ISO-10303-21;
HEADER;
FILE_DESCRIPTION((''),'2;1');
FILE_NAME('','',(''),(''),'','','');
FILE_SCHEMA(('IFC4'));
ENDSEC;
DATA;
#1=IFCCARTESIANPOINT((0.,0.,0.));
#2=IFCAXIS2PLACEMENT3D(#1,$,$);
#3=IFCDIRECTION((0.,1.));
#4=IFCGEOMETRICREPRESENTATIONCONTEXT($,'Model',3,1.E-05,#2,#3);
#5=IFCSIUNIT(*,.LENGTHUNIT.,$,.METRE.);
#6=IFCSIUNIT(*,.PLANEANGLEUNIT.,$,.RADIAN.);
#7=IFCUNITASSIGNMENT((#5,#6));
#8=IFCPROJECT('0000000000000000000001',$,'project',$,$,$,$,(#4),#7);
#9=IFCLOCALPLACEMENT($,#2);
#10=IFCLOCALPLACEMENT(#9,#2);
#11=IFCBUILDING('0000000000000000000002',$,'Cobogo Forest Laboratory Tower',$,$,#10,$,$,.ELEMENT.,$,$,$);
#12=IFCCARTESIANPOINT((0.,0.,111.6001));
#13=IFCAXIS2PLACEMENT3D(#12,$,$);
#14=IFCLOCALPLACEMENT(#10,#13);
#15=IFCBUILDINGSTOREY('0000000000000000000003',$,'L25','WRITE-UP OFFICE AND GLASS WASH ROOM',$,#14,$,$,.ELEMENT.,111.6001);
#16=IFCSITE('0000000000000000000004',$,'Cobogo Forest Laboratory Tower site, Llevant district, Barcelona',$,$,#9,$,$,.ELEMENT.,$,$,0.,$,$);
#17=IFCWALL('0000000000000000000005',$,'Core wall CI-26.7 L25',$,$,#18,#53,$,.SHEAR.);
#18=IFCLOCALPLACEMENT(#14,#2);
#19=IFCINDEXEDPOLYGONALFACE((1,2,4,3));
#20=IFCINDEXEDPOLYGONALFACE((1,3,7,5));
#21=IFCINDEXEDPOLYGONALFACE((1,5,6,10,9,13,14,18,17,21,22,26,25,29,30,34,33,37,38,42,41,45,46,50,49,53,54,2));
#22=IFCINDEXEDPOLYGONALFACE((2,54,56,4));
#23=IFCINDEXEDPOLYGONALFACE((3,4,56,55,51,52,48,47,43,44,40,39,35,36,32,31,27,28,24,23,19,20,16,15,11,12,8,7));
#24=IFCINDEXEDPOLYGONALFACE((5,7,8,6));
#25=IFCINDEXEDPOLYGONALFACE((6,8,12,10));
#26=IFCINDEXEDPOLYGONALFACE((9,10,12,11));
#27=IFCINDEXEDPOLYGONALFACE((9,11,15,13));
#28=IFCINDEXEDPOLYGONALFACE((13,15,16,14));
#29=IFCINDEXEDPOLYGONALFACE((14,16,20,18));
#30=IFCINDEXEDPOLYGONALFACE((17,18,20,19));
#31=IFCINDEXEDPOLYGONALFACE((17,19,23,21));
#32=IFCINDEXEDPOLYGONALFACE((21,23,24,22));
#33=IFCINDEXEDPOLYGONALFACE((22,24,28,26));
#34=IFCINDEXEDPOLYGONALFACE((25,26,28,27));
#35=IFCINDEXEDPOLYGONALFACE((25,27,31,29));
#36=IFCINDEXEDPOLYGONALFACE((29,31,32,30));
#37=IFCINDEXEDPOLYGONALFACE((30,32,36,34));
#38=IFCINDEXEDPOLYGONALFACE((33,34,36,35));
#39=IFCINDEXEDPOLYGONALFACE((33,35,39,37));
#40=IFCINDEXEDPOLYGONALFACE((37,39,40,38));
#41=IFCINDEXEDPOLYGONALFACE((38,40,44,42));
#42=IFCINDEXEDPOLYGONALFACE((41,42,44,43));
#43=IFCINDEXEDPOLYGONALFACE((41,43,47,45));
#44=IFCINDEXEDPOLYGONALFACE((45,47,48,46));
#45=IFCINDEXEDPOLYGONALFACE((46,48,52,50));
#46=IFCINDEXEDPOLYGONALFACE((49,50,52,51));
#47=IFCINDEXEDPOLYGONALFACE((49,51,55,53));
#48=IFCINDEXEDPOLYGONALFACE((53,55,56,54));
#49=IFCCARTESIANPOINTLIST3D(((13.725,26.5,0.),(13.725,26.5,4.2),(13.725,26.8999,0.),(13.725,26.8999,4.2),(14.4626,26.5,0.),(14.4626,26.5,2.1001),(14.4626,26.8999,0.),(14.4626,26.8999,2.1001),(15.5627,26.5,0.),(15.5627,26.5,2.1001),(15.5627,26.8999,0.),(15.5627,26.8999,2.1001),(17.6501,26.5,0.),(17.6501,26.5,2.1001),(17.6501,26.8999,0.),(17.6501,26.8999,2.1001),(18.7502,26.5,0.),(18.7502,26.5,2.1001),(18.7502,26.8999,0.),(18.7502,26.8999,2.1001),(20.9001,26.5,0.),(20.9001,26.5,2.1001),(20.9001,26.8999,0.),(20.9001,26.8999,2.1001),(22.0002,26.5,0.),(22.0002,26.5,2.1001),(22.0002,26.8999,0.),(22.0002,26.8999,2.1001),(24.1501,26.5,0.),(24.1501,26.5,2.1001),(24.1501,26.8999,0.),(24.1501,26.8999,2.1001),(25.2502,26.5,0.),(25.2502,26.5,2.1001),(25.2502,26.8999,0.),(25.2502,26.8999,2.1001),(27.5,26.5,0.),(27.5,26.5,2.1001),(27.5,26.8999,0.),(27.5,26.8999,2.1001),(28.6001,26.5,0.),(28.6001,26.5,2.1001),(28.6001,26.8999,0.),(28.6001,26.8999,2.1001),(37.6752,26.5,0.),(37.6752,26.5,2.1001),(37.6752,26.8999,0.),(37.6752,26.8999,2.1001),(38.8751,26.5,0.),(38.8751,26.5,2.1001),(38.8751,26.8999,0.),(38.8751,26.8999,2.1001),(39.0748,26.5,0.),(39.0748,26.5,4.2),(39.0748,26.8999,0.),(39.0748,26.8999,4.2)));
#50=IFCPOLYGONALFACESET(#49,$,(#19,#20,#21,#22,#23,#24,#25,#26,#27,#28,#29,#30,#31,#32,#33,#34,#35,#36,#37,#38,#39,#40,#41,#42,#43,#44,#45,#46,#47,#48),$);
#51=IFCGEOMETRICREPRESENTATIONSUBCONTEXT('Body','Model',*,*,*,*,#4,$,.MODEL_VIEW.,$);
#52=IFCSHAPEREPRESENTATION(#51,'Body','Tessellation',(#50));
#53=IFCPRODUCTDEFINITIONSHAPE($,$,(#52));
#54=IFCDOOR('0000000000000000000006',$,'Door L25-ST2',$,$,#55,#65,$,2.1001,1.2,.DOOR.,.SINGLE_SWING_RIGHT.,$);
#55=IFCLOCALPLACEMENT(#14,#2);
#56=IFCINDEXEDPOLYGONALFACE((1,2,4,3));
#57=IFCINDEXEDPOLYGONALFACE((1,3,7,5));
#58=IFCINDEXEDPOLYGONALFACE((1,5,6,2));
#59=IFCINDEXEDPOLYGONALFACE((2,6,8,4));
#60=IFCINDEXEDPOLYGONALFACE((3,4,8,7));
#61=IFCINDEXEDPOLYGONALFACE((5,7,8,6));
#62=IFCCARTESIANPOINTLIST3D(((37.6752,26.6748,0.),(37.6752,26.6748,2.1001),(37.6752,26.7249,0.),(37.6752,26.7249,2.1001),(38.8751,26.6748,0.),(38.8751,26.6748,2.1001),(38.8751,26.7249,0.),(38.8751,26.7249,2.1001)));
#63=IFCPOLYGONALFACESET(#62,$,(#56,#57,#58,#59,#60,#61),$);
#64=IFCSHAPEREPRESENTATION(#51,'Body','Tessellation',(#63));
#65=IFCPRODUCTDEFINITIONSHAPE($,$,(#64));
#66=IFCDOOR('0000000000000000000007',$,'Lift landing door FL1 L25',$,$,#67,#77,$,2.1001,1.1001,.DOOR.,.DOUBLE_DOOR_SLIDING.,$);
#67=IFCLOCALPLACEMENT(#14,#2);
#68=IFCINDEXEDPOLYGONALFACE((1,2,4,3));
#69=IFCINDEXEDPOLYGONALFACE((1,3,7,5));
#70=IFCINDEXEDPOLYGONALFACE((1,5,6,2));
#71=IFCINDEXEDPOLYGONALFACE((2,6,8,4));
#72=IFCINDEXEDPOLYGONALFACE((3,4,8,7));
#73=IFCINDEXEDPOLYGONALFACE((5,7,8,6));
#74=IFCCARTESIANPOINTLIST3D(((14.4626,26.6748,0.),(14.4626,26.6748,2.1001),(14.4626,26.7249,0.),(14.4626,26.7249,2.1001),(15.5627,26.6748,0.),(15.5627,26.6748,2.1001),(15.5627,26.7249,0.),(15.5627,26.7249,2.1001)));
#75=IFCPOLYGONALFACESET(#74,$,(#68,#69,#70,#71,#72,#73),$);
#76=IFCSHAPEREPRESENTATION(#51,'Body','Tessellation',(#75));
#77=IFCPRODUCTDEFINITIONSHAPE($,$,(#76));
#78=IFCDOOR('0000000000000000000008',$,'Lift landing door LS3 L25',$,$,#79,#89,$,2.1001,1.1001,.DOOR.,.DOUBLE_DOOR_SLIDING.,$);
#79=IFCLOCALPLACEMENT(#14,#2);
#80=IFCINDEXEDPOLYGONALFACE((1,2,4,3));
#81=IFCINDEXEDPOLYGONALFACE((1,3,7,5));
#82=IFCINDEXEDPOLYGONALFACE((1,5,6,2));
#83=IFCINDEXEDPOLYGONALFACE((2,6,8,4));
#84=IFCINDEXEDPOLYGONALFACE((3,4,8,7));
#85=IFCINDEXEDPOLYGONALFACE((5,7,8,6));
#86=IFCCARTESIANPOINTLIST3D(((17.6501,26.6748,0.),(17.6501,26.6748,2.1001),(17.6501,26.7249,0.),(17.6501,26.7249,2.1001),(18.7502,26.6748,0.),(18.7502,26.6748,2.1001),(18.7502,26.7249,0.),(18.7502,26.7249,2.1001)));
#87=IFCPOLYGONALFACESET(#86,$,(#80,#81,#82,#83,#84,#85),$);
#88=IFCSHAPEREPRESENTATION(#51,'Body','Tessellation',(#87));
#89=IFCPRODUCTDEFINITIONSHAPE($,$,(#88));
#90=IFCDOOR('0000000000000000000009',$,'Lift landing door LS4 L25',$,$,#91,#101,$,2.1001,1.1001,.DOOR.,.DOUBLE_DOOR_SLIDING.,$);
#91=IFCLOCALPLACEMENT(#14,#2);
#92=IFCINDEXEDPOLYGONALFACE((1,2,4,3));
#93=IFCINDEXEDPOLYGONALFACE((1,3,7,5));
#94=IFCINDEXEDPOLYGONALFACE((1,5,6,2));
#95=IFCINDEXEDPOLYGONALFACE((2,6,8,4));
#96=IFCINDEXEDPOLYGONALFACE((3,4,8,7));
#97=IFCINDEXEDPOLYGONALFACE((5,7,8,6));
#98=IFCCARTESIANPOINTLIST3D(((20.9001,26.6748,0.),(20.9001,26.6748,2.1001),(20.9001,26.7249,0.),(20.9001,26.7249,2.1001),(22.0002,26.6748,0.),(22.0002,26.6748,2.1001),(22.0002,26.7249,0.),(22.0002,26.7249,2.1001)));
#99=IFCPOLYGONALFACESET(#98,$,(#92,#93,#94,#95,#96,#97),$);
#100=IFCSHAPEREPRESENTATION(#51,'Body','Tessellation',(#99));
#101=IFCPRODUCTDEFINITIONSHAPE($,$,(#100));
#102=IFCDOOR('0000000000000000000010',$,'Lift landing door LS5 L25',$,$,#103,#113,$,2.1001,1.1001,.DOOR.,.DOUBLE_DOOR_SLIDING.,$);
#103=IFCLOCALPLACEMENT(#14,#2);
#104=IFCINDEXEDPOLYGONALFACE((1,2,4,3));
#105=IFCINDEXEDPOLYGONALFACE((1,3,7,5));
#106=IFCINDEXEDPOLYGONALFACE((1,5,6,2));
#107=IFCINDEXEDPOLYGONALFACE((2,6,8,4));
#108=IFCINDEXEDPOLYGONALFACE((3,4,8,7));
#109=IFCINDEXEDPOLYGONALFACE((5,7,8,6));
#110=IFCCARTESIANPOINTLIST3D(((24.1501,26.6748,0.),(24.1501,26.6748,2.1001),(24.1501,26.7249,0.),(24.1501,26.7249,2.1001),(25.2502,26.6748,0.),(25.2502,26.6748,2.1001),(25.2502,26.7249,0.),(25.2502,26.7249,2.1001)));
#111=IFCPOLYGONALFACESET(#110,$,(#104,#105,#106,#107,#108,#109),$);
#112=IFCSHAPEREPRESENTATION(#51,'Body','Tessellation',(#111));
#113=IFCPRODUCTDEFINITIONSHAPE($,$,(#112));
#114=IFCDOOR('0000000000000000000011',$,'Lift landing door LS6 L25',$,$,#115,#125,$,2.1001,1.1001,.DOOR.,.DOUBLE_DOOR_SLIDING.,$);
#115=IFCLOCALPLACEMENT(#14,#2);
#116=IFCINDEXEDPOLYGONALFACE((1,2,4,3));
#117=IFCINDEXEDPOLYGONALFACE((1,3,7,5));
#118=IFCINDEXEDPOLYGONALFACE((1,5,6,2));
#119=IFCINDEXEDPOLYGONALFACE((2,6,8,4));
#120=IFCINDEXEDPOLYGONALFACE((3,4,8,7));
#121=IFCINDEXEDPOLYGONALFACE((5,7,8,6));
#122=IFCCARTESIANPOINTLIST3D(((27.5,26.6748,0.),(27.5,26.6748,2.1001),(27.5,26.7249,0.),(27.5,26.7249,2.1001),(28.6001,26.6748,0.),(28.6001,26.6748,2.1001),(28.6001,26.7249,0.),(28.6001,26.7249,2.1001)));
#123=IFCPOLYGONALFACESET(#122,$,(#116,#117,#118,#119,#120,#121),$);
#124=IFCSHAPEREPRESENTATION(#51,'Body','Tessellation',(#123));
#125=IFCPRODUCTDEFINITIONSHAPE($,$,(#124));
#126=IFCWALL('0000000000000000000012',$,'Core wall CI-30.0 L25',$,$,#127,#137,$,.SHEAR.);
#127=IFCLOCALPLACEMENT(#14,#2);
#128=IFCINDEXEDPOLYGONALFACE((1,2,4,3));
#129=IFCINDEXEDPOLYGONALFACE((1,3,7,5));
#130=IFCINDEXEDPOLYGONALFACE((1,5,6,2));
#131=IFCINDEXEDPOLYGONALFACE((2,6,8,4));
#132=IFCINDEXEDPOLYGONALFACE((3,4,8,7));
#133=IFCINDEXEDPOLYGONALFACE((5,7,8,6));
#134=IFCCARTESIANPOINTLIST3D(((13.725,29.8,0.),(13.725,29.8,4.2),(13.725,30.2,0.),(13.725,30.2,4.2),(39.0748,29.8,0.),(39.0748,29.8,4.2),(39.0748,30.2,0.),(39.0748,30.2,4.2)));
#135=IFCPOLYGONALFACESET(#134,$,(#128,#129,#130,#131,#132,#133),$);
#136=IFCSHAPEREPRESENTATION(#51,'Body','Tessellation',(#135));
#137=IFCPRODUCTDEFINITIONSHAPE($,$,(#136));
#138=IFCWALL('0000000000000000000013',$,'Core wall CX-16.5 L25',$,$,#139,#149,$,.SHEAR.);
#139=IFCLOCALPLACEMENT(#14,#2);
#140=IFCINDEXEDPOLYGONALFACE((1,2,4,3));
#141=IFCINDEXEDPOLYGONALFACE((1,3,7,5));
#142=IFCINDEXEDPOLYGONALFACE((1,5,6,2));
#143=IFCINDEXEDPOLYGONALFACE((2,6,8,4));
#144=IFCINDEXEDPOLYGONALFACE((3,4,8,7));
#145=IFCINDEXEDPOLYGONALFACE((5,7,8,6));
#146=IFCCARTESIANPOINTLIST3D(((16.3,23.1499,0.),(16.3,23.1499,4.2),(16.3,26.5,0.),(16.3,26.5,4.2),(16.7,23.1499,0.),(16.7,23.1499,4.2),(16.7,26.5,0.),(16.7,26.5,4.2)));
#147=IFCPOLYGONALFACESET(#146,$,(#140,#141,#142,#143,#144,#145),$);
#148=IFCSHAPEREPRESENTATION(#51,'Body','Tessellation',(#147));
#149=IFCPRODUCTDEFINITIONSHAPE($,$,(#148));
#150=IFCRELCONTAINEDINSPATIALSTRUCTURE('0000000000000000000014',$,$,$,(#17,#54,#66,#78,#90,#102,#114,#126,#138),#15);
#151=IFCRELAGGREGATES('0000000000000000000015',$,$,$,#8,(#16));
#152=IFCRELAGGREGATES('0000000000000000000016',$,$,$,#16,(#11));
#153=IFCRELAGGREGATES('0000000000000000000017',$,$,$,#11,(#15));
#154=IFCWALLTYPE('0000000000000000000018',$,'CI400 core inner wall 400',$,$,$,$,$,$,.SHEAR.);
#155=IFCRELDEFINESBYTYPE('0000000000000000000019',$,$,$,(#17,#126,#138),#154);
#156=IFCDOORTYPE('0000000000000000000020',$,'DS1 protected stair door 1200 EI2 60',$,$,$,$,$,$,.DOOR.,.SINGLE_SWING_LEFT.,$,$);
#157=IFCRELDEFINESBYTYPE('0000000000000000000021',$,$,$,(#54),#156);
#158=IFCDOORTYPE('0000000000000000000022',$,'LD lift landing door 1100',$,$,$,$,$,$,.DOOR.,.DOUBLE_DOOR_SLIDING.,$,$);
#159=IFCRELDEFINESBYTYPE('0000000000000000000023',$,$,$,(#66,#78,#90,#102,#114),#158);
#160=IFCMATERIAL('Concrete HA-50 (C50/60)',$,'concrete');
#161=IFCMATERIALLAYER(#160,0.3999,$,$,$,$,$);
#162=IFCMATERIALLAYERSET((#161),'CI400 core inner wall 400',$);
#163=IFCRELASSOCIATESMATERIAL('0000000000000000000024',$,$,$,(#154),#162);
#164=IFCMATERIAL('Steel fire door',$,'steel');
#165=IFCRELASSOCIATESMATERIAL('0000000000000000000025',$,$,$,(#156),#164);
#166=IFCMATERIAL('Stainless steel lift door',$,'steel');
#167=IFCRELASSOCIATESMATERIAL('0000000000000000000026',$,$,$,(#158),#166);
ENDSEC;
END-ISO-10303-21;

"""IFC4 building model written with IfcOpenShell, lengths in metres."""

from ifc_helpers import new_model, si_unit, direction, frame, frame_2d, origin, place, context, subcontext, project, spatial, rectangle, extrude, material, layer, layer_set, type_object, element, fill, save


model = new_model("IFC4")

# Units and contexts
model_context = context("Model", 3, precision=1e-05, world=origin(), true_north=direction((0.0, 1.0)))
body_context = subcontext(model_context, "Body", "Model", "MODEL_VIEW")
ifc_project = project(units=[si_unit("LENGTHUNIT", "METRE"), si_unit("PLANEANGLEUNIT", "RADIAN")], contexts=[model_context])

# Site, building, storey
site_placement = place(None, origin())
site = spatial("IfcSite", under=ifc_project, at=site_placement, Name="Cobogo Forest Laboratory Tower site, Llevant district, Barcelona", CompositionType="ELEMENT", RefElevation=0.0)
building_placement = place(site_placement, origin())
building = spatial("IfcBuilding", under=site, at=building_placement, Name="Cobogo Forest Laboratory Tower", CompositionType="ELEMENT")
storey_placement = place(building_placement, frame((0.0, 0.0, 111.6001)))
storey = spatial("IfcBuildingStorey", under=building, at=storey_placement, Name="L25", Description="WRITE-UP OFFICE AND GLASS WASH ROOM", CompositionType="ELEMENT", Elevation=111.6001)

# Shared definitions
ifc_material_1 = material(Name="Concrete HA-50 (C50/60)", Category="concrete")

# Wall, openings, doors
ifc_layer_1 = layer(ifc_material_1, 0.3999)
ifc_layer_set_1 = layer_set([ifc_layer_1], Name="CI400 core inner wall 400")
wall_type_1 = type_object("IfcWallType", Name="CI400 core inner wall 400", PredefinedType="SHEAR", material=ifc_layer_set_1)
wall_1_placement = place(storey_placement, frame((13.7251, 26.7, 0.0), z_axis=(0.0, 0.0, 1.0), x_axis=(1.0, 0.0, 0.0)))
wall_1 = element("IfcWall", 1, at=wall_1_placement, inside=storey, type_object=wall_type_1, Name="Core wall CI-26.7 L25", PredefinedType="SHEAR", context=body_context, shape_type="SweptSolid", body=[
    extrude(rectangle(XDim=25.3499, YDim=0.3999, at=frame_2d((12.6748, 0.0))), origin(), (0.0, 0.0, 1.0), 4.2),
])
opening_1_placement = place(wall_1_placement, frame((23.95, 0.0, 0.0)))
opening_1 = element("IfcOpeningElement", 2, at=opening_1_placement, cuts=wall_1, PredefinedType="OPENING", context=body_context, shape_type="SweptSolid", body=[
    extrude(rectangle(XDim=1.2, YDim=2.1001, at=frame_2d((0.6001, 1.05))), frame((0.0, 0.21, 0.0), z_axis=(0.0, -1.0, 0.0), x_axis=(1.0, 0.0, 0.0)), (0.0, 0.0, 1.0), 0.4199),
])
opening_2_placement = place(wall_1_placement, frame((0.7375, 0.0, 0.0)))
opening_2 = element("IfcOpeningElement", 3, at=opening_2_placement, cuts=wall_1, PredefinedType="OPENING", context=body_context, shape_type="SweptSolid", body=[
    extrude(rectangle(XDim=1.1001, YDim=2.1001, at=frame_2d((0.55, 1.05))), frame((0.0, 0.21, 0.0), z_axis=(0.0, -1.0, 0.0), x_axis=(1.0, 0.0, 0.0)), (0.0, 0.0, 1.0), 0.4199),
])
opening_3_placement = place(wall_1_placement, frame((3.925, 0.0, 0.0)))
opening_3 = element("IfcOpeningElement", 4, at=opening_3_placement, cuts=wall_1, PredefinedType="OPENING", context=body_context, shape_type="SweptSolid", body=[
    extrude(rectangle(XDim=1.1001, YDim=2.1001, at=frame_2d((0.55, 1.05))), frame((0.0, 0.21, 0.0), z_axis=(0.0, -1.0, 0.0), x_axis=(1.0, 0.0, 0.0)), (0.0, 0.0, 1.0), 0.4199),
])
opening_4_placement = place(wall_1_placement, frame((7.175, 0.0, 0.0)))
opening_4 = element("IfcOpeningElement", 5, at=opening_4_placement, cuts=wall_1, PredefinedType="OPENING", context=body_context, shape_type="SweptSolid", body=[
    extrude(rectangle(XDim=1.1001, YDim=2.1001, at=frame_2d((0.55, 1.05))), frame((0.0, 0.21, 0.0), z_axis=(0.0, -1.0, 0.0), x_axis=(1.0, 0.0, 0.0)), (0.0, 0.0, 1.0), 0.4199),
])
opening_5_placement = place(wall_1_placement, frame((10.425, 0.0, 0.0)))
opening_5 = element("IfcOpeningElement", 6, at=opening_5_placement, cuts=wall_1, PredefinedType="OPENING", context=body_context, shape_type="SweptSolid", body=[
    extrude(rectangle(XDim=1.1001, YDim=2.1001, at=frame_2d((0.55, 1.05))), frame((0.0, 0.21, 0.0), z_axis=(0.0, -1.0, 0.0), x_axis=(1.0, 0.0, 0.0)), (0.0, 0.0, 1.0), 0.4199),
])
opening_6_placement = place(wall_1_placement, frame((13.7749, 0.0, 0.0)))
opening_6 = element("IfcOpeningElement", 7, at=opening_6_placement, cuts=wall_1, PredefinedType="OPENING", context=body_context, shape_type="SweptSolid", body=[
    extrude(rectangle(XDim=1.1001, YDim=2.1001, at=frame_2d((0.55, 1.05))), frame((0.0, 0.21, 0.0), z_axis=(0.0, -1.0, 0.0), x_axis=(1.0, 0.0, 0.0)), (0.0, 0.0, 1.0), 0.4199),
])
ifc_material_2 = material(Name="Steel fire door", Category="steel")
door_type_1 = type_object("IfcDoorType", Name="DS1 protected stair door 1200 EI2 60", OperationType="SINGLE_SWING_LEFT", PredefinedType="DOOR", material=ifc_material_2)
door_1_placement = place(opening_1_placement, origin())
door_1 = element("IfcDoor", 8, at=door_1_placement, inside=storey, type_object=door_type_1, Name="Door L25-ST2", OperationType="SINGLE_SWING_RIGHT", OverallHeight=2.1001, OverallWidth=1.2, PredefinedType="DOOR", context=body_context, shape_type="SweptSolid", body=[
    extrude(rectangle(XDim=1.2, YDim=2.1001, at=frame_2d((0.6001, 1.05))), frame((0.0, 0.0249, 0.0), z_axis=(0.0, -1.0, 0.0), x_axis=(1.0, 0.0, 0.0)), (0.0, 0.0, 1.0), 0.05),
])
fill(opening_1, door_1)
ifc_material_3 = material(Name="Stainless steel lift door", Category="steel")
door_type_2 = type_object("IfcDoorType", Name="LD lift landing door 1100", OperationType="DOUBLE_DOOR_SLIDING", PredefinedType="DOOR", material=ifc_material_3)
door_2_placement = place(opening_2_placement, origin())
door_2 = element("IfcDoor", 9, at=door_2_placement, inside=storey, type_object=door_type_2, Name="Lift landing door FL1 L25", OperationType="DOUBLE_DOOR_SLIDING", OverallHeight=2.1001, OverallWidth=1.1001, PredefinedType="DOOR", context=body_context, shape_type="SweptSolid", body=[
    extrude(rectangle(XDim=1.1001, YDim=2.1001, at=frame_2d((0.55, 1.05))), frame((0.0, 0.0249, 0.0), z_axis=(0.0, -1.0, 0.0), x_axis=(1.0, 0.0, 0.0)), (0.0, 0.0, 1.0), 0.05),
])
fill(opening_2, door_2)
door_3_placement = place(opening_3_placement, origin())
door_3 = element("IfcDoor", 10, at=door_3_placement, inside=storey, type_object=door_type_2, Name="Lift landing door LS3 L25", OperationType="DOUBLE_DOOR_SLIDING", OverallHeight=2.1001, OverallWidth=1.1001, PredefinedType="DOOR", context=body_context, shape_type="SweptSolid", body=[
    extrude(rectangle(XDim=1.1001, YDim=2.1001, at=frame_2d((0.55, 1.05))), frame((0.0, 0.0249, 0.0), z_axis=(0.0, -1.0, 0.0), x_axis=(1.0, 0.0, 0.0)), (0.0, 0.0, 1.0), 0.05),
])
fill(opening_3, door_3)
door_4_placement = place(opening_4_placement, origin())
door_4 = element("IfcDoor", 11, at=door_4_placement, inside=storey, type_object=door_type_2, Name="Lift landing door LS4 L25", OperationType="DOUBLE_DOOR_SLIDING", OverallHeight=2.1001, OverallWidth=1.1001, PredefinedType="DOOR", context=body_context, shape_type="SweptSolid", body=[
    extrude(rectangle(XDim=1.1001, YDim=2.1001, at=frame_2d((0.55, 1.05))), frame((0.0, 0.0249, 0.0), z_axis=(0.0, -1.0, 0.0), x_axis=(1.0, 0.0, 0.0)), (0.0, 0.0, 1.0), 0.05),
])
fill(opening_4, door_4)
door_5_placement = place(opening_5_placement, origin())
door_5 = element("IfcDoor", 12, at=door_5_placement, inside=storey, type_object=door_type_2, Name="Lift landing door LS5 L25", OperationType="DOUBLE_DOOR_SLIDING", OverallHeight=2.1001, OverallWidth=1.1001, PredefinedType="DOOR", context=body_context, shape_type="SweptSolid", body=[
    extrude(rectangle(XDim=1.1001, YDim=2.1001, at=frame_2d((0.55, 1.05))), frame((0.0, 0.0249, 0.0), z_axis=(0.0, -1.0, 0.0), x_axis=(1.0, 0.0, 0.0)), (0.0, 0.0, 1.0), 0.05),
])
fill(opening_5, door_5)
door_6_placement = place(opening_6_placement, origin())
door_6 = element("IfcDoor", 13, at=door_6_placement, inside=storey, type_object=door_type_2, Name="Lift landing door LS6 L25", OperationType="DOUBLE_DOOR_SLIDING", OverallHeight=2.1001, OverallWidth=1.1001, PredefinedType="DOOR", context=body_context, shape_type="SweptSolid", body=[
    extrude(rectangle(XDim=1.1001, YDim=2.1001, at=frame_2d((0.55, 1.05))), frame((0.0, 0.0249, 0.0), z_axis=(0.0, -1.0, 0.0), x_axis=(1.0, 0.0, 0.0)), (0.0, 0.0, 1.0), 0.05),
])
fill(opening_6, door_6)

# Walls
wall_2_placement = place(storey_placement, frame((13.7251, 30.0, 0.0), z_axis=(0.0, 0.0, 1.0), x_axis=(1.0, 0.0, 0.0)))
element("IfcWall", 14, at=wall_2_placement, inside=storey, type_object=wall_type_1, Name="Core wall CI-30.0 L25", PredefinedType="SHEAR", context=body_context, shape_type="SweptSolid", body=[
    extrude(rectangle(XDim=25.3499, YDim=0.3999, at=frame_2d((12.6748, 0.0))), origin(), (0.0, 0.0, 1.0), 4.2),
])
wall_3_placement = place(storey_placement, frame((16.5, 23.1499, 0.0), z_axis=(0.0, 0.0, 1.0), x_axis=(0.0, 1.0, 0.0)))
element("IfcWall", 15, at=wall_3_placement, inside=storey, type_object=wall_type_1, Name="Core wall CX-16.5 L25", PredefinedType="SHEAR", context=body_context, shape_type="SweptSolid", body=[
    extrude(rectangle(XDim=3.3501, YDim=0.3999, at=frame_2d((1.675, 0.0))), origin(), (0.0, 0.0, 1.0), 4.2),
])

save(model, "model.ifc")
